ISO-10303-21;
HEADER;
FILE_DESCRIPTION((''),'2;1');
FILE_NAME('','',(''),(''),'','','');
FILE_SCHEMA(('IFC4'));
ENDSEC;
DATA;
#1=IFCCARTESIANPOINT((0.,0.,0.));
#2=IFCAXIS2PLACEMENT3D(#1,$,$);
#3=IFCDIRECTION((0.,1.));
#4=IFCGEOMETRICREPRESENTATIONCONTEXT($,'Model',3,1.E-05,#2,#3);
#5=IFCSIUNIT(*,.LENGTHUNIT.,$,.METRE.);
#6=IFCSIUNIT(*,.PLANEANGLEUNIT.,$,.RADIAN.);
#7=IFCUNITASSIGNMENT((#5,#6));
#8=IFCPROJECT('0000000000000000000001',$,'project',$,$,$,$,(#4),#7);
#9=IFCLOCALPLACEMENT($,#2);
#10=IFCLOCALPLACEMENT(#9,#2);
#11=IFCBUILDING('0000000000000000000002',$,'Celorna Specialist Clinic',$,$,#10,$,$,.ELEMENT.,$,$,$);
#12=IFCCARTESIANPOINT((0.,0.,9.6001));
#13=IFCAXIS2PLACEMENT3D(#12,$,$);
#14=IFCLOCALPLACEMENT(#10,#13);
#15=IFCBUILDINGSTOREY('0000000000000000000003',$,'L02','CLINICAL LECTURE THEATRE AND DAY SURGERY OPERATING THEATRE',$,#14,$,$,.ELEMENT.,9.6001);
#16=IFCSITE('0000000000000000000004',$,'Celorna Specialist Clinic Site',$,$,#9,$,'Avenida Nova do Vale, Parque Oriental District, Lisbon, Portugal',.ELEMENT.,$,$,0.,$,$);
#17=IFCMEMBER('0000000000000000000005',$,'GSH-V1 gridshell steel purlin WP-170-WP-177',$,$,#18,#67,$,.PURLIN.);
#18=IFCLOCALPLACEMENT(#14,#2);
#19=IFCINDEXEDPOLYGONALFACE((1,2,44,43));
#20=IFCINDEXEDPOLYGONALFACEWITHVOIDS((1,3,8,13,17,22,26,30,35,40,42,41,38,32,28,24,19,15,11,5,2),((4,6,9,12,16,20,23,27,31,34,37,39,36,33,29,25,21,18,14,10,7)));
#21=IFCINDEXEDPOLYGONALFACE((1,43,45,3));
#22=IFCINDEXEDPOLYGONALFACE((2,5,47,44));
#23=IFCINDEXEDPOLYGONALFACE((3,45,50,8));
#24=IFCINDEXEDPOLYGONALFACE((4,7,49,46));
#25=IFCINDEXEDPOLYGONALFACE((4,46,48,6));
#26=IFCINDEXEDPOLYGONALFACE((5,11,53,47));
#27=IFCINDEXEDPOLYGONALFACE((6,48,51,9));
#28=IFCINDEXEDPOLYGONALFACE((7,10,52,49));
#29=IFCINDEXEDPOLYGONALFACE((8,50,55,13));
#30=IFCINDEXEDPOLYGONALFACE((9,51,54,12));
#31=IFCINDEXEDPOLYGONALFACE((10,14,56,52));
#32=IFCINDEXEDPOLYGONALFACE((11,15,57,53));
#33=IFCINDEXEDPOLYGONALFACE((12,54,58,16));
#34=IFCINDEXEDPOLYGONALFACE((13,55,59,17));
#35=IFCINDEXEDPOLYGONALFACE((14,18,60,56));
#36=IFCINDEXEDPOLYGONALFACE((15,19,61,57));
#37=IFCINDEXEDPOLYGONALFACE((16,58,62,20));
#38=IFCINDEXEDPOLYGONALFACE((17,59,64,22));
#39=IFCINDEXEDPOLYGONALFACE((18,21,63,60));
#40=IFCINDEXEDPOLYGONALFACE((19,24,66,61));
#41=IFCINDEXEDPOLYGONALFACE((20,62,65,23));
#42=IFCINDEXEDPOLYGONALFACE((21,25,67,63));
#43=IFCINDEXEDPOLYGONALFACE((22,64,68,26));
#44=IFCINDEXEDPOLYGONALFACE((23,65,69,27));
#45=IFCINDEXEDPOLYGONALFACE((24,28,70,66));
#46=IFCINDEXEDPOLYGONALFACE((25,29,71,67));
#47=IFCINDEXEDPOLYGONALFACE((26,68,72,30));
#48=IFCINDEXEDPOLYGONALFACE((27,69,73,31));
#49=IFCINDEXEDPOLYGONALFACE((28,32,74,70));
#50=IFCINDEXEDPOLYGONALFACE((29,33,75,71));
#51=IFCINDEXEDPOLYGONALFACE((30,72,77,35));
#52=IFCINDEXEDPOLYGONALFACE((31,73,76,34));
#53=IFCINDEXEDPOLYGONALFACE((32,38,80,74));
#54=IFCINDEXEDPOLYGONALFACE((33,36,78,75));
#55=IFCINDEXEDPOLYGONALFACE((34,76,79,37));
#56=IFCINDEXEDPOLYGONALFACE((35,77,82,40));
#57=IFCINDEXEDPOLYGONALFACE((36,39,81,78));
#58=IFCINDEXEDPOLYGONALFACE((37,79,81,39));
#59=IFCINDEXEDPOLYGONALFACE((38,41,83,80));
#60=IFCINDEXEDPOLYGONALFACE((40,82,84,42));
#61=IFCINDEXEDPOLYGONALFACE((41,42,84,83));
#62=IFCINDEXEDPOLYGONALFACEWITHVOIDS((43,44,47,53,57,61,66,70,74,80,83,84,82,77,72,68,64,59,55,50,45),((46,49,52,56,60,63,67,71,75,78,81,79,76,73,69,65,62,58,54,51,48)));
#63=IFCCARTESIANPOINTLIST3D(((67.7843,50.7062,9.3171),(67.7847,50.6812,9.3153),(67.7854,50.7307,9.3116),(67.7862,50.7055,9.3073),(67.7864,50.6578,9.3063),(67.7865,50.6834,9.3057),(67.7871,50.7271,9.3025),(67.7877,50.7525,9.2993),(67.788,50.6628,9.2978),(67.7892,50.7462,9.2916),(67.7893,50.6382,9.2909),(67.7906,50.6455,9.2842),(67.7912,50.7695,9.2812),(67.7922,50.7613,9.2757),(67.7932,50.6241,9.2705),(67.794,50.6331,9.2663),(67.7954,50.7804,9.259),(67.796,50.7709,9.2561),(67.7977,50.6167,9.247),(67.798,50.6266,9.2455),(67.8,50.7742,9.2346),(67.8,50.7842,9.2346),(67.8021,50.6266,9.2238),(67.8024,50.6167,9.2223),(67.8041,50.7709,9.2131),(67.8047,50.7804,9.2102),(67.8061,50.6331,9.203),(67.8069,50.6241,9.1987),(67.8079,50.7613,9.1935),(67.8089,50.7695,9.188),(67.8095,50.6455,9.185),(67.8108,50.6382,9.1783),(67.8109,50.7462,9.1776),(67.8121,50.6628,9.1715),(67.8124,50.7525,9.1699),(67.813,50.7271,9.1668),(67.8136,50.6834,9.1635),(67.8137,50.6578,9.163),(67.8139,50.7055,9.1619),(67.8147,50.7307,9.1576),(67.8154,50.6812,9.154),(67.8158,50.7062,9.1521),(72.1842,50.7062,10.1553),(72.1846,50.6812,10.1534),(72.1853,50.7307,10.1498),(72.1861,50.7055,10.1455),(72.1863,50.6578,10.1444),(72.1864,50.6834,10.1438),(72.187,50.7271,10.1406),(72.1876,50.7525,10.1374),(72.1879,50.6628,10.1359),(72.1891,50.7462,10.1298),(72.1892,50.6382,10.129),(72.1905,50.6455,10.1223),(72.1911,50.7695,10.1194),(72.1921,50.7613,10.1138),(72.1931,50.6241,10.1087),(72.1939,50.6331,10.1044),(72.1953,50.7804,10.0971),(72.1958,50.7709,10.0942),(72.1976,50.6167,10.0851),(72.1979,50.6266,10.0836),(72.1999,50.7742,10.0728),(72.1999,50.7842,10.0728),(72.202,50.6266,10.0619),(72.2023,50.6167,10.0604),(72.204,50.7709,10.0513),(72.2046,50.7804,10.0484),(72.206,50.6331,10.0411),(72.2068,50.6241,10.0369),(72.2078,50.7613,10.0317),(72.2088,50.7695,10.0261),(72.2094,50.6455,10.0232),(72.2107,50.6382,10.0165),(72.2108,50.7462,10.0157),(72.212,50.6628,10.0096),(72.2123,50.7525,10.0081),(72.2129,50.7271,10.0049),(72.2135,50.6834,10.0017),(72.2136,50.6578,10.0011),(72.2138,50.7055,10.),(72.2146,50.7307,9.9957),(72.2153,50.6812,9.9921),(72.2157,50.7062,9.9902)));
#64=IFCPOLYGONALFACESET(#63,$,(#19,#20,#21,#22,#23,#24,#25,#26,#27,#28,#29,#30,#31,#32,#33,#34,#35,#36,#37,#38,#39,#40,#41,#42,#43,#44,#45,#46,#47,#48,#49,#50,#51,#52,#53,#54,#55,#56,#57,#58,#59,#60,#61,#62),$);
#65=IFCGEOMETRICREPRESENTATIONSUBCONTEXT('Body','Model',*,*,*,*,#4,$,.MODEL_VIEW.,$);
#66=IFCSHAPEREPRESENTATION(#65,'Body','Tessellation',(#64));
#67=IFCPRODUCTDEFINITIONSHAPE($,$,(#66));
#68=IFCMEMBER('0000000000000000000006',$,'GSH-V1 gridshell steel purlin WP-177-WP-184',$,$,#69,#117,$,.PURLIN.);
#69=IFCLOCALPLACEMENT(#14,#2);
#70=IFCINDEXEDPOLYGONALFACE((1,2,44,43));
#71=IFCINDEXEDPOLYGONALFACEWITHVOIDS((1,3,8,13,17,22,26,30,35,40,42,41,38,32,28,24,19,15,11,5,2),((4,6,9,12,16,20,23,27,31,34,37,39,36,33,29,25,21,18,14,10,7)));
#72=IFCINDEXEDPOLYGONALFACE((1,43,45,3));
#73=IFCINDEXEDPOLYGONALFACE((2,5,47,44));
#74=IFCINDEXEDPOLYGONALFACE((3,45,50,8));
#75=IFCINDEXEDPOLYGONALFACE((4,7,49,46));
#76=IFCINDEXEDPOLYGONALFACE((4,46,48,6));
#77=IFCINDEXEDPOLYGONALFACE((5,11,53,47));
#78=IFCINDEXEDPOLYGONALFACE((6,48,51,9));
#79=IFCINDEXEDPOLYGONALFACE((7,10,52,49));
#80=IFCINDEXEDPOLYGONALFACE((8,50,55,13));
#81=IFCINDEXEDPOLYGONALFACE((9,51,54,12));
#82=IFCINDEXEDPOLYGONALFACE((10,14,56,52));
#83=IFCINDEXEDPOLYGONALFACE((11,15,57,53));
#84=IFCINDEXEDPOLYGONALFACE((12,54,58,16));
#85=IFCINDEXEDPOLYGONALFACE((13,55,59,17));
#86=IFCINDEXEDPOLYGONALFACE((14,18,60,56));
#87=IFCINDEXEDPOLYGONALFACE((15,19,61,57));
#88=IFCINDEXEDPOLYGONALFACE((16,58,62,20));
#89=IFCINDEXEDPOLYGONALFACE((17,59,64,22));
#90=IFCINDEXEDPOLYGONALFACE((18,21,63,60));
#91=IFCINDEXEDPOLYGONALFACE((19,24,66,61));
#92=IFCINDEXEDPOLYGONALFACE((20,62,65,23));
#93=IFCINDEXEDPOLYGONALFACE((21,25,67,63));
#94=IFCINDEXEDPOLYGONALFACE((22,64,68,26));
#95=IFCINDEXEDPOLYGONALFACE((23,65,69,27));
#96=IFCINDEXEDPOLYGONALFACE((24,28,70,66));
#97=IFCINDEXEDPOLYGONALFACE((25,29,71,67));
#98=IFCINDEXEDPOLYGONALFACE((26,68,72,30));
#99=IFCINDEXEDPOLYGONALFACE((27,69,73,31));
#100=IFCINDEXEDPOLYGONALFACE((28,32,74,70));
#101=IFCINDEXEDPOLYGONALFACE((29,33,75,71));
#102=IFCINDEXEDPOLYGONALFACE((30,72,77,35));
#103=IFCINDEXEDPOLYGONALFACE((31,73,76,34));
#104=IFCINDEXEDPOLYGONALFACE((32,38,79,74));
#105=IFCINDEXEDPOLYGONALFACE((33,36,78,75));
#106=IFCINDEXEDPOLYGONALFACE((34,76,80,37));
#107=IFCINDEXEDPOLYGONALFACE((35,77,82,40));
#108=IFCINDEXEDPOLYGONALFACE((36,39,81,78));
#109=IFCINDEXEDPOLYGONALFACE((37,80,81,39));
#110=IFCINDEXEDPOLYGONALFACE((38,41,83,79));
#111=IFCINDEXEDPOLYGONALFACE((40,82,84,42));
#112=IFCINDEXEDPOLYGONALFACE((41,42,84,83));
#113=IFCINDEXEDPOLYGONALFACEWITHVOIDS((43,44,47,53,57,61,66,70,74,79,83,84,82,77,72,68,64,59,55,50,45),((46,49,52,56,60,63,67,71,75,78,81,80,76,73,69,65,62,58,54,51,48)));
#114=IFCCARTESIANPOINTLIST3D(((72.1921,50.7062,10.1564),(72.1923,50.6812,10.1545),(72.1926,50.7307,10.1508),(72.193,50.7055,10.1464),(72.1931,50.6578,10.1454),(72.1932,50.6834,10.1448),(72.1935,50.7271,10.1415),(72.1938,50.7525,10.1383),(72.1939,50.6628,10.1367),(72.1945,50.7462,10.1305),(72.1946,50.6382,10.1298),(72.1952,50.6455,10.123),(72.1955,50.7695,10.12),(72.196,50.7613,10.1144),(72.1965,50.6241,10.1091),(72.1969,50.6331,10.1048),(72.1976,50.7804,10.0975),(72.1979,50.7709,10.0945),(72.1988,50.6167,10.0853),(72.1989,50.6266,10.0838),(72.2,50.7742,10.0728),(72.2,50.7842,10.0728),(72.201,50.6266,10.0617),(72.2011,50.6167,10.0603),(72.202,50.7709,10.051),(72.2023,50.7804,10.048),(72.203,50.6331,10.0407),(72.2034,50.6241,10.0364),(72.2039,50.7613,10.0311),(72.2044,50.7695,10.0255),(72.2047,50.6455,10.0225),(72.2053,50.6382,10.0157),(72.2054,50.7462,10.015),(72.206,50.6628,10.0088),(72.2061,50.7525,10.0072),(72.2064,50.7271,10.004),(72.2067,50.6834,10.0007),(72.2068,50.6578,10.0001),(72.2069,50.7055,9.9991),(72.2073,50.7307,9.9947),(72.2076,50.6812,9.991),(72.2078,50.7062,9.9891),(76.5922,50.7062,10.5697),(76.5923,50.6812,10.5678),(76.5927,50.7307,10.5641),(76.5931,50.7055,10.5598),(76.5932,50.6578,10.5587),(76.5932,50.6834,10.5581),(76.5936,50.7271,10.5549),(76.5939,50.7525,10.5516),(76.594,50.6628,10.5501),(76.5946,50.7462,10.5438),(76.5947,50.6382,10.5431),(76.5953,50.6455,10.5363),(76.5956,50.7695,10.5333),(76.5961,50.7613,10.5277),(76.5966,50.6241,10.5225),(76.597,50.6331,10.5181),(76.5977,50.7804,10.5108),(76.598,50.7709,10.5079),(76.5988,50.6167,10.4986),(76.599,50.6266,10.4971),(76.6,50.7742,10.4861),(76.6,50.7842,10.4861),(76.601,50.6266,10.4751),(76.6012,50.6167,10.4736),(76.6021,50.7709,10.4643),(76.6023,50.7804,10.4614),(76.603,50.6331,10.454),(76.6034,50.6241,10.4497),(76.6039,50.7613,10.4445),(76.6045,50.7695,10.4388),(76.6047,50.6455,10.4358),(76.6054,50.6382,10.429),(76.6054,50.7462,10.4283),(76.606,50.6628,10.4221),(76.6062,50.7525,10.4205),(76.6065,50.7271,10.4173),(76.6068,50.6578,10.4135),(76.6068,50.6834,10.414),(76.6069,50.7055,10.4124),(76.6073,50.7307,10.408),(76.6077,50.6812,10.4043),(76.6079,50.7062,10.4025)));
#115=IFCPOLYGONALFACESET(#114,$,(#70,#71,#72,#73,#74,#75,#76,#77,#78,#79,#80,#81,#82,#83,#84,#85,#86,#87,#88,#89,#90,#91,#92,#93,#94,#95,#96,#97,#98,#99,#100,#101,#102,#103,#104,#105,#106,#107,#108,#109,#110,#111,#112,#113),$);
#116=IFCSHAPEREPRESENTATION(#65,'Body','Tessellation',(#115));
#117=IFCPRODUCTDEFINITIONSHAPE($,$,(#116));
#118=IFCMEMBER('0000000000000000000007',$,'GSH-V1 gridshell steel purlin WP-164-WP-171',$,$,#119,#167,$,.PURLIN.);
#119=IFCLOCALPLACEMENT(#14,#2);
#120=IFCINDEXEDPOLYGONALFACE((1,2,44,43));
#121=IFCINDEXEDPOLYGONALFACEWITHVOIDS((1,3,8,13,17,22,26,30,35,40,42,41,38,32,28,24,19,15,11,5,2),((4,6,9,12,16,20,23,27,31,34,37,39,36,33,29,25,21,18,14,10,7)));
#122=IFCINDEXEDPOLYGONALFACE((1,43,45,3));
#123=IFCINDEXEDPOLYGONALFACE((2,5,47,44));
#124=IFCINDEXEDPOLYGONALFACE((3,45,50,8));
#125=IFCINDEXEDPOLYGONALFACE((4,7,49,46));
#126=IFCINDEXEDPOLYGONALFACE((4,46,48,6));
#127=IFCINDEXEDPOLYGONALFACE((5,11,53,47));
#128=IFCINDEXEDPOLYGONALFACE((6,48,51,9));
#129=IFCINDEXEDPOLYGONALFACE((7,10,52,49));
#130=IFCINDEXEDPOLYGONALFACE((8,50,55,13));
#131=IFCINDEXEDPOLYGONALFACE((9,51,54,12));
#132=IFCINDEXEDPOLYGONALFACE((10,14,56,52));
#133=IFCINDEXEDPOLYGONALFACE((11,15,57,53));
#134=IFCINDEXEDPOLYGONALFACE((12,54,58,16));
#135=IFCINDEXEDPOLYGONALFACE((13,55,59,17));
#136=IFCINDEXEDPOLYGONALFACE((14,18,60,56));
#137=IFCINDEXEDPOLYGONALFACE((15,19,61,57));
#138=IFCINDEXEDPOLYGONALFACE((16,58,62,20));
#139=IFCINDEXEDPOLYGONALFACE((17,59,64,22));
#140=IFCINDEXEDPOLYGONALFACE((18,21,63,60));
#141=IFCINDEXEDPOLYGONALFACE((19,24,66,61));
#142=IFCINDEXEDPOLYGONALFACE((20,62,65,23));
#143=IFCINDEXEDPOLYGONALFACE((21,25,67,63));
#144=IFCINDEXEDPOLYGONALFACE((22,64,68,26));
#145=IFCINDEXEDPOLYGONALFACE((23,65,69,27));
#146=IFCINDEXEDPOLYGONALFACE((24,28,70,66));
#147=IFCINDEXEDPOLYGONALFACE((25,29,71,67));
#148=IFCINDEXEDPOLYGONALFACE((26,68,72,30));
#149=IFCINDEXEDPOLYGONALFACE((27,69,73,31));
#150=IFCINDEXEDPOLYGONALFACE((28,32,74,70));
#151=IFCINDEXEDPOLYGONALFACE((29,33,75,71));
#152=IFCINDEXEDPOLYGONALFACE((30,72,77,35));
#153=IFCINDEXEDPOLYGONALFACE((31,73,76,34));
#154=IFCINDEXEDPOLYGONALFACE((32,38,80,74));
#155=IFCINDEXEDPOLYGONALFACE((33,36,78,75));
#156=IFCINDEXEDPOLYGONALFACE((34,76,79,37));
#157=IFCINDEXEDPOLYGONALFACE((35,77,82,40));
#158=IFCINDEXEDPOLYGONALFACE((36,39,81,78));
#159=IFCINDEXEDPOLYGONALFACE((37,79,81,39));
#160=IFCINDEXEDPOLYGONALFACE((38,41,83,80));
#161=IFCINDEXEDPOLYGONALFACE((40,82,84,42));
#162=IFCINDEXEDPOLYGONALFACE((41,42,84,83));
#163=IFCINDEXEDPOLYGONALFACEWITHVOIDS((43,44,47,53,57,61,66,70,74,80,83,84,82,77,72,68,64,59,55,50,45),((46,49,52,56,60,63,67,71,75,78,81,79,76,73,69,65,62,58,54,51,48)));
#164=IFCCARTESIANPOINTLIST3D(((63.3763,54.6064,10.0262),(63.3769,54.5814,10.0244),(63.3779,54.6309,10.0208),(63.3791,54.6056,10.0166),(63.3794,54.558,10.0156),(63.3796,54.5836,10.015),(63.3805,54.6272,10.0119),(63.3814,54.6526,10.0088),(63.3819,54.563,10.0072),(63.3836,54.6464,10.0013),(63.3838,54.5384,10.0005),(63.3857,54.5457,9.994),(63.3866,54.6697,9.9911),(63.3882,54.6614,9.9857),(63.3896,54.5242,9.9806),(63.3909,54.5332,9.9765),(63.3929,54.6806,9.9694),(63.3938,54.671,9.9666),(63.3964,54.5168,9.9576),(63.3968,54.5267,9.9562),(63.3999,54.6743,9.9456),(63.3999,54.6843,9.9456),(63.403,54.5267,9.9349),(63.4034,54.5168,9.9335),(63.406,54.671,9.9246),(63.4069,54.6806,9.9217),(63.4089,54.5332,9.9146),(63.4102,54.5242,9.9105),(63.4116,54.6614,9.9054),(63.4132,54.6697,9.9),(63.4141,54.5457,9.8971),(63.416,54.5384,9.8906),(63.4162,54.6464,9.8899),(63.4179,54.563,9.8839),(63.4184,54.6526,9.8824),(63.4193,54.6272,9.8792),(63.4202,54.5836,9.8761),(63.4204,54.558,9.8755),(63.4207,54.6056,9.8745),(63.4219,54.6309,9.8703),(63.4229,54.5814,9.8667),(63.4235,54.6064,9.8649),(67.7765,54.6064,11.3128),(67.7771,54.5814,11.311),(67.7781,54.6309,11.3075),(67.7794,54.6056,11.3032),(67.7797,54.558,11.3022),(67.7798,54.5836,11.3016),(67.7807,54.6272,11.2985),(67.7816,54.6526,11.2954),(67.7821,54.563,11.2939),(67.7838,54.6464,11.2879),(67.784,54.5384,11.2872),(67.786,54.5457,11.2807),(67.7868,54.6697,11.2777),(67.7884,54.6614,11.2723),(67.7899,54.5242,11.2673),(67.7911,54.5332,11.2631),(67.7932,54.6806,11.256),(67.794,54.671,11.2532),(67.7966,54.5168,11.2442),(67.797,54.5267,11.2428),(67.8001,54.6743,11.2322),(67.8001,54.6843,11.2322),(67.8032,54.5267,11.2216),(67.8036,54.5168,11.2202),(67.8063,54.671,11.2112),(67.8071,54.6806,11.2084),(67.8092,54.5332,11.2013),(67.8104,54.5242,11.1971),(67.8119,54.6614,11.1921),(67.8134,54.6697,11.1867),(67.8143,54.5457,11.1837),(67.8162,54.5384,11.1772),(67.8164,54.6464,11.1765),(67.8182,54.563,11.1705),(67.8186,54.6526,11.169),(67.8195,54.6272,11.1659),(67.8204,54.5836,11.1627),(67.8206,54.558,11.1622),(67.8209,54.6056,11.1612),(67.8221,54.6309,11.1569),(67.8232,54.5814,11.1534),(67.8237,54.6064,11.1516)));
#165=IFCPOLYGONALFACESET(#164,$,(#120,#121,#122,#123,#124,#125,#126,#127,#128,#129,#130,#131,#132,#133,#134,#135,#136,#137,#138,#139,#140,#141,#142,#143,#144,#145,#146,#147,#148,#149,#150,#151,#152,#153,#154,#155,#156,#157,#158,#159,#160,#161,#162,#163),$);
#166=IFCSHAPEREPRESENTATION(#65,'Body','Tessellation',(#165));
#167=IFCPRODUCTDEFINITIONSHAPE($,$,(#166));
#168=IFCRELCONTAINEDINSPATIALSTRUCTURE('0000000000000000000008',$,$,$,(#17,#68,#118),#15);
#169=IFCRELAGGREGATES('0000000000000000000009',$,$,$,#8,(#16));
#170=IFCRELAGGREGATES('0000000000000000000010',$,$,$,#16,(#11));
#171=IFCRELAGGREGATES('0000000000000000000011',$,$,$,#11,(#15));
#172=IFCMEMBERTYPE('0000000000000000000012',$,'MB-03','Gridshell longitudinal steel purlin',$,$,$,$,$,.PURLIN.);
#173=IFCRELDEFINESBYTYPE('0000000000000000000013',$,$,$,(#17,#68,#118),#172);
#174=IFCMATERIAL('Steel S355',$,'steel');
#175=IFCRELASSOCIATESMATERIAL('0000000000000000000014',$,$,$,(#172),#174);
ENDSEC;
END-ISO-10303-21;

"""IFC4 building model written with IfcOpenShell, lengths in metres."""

from ifc_helpers import new_model, si_unit, direction, frame, origin, origin_2d, place, context, subcontext, project, spatial, hollow_circle, extrude, material, material_profile, profile_set, type_object, element, save


model = new_model("IFC4")

# Units and contexts
model_context = context("Model", 3, precision=1e-05, world=origin(), true_north=direction((0.0, 1.0)))
body_context = subcontext(model_context, "Body", "Model", "MODEL_VIEW")
ifc_project = project(units=[si_unit("LENGTHUNIT", "METRE"), si_unit("PLANEANGLEUNIT", "RADIAN")], contexts=[model_context])

# Site, building, storey
site_placement = place(None, origin())
site = spatial("IfcSite", under=ifc_project, at=site_placement, Name="Celorna Specialist Clinic Site", LongName="Avenida Nova do Vale, Parque Oriental District, Lisbon, Portugal", CompositionType="ELEMENT", RefElevation=0.0)
building_placement = place(site_placement, origin())
building = spatial("IfcBuilding", under=site, at=building_placement, Name="Celorna Specialist Clinic", CompositionType="ELEMENT")
storey_placement = place(building_placement, frame((0.0, 0.0, 9.6001)))
storey = spatial("IfcBuildingStorey", under=building, at=storey_placement, Name="L02", Description="CLINICAL LECTURE THEATRE AND DAY SURGERY OPERATING THEATRE", CompositionType="ELEMENT", Elevation=9.6001)

# Shared definitions
ifc_material_1 = material(Name="Steel S355", Category="steel")

# Members
ifc_material_profile_1 = material_profile(ifc_material_1, hollow_circle(Radius=0.0842, WallThickness=0.01, at=origin_2d()), Name="CHS 168.3x10")
ifc_profile_set_1 = profile_set([ifc_material_profile_1], Name="Steel S355")
member_type_1 = type_object("IfcMemberType", Name="MB-03", Description="Gridshell longitudinal steel purlin", PredefinedType="PURLIN", material=ifc_profile_set_1)
member_1_placement = place(storey_placement, frame((67.8, 50.7, 9.2346), z_axis=(0.982336, 0.0, 0.187125), x_axis=(0.0, 1.0, 0.0)))
element("IfcMember", 1, at=member_1_placement, inside=storey, type_object=member_type_1, Name="GSH-V1 gridshell steel purlin WP-170-WP-177", PredefinedType="PURLIN", context=body_context, shape_type="SweptSolid", body=[
    extrude(hollow_circle(Radius=0.0842, WallThickness=0.01, at=origin_2d()), origin(), (0.0, 0.0, 1.0), 4.479),
])
member_2_placement = place(storey_placement, frame((72.2, 50.7, 10.0728), z_axis=(0.995617, 0.0, 0.093524), x_axis=(0.0, 1.0, 0.0)))
element("IfcMember", 2, at=member_2_placement, inside=storey, type_object=member_type_1, Name="GSH-V1 gridshell steel purlin WP-177-WP-184", PredefinedType="PURLIN", context=body_context, shape_type="SweptSolid", body=[
    extrude(hollow_circle(Radius=0.0842, WallThickness=0.01, at=origin_2d()), origin(), (0.0, 0.0, 1.0), 4.4194),
])
member_3_placement = place(storey_placement, frame((63.3999, 54.6001, 9.9456), z_axis=(0.95981, 0.0, 0.280652), x_axis=(0.0, 1.0, 0.0)))
element("IfcMember", 3, at=member_3_placement, inside=storey, type_object=member_type_1, Name="GSH-V1 gridshell steel purlin WP-164-WP-171", PredefinedType="PURLIN", context=body_context, shape_type="SweptSolid", body=[
    extrude(hollow_circle(Radius=0.0842, WallThickness=0.01, at=origin_2d()), origin(), (0.0, 0.0, 1.0), 4.5845),
])

save(model, "model.ifc")
